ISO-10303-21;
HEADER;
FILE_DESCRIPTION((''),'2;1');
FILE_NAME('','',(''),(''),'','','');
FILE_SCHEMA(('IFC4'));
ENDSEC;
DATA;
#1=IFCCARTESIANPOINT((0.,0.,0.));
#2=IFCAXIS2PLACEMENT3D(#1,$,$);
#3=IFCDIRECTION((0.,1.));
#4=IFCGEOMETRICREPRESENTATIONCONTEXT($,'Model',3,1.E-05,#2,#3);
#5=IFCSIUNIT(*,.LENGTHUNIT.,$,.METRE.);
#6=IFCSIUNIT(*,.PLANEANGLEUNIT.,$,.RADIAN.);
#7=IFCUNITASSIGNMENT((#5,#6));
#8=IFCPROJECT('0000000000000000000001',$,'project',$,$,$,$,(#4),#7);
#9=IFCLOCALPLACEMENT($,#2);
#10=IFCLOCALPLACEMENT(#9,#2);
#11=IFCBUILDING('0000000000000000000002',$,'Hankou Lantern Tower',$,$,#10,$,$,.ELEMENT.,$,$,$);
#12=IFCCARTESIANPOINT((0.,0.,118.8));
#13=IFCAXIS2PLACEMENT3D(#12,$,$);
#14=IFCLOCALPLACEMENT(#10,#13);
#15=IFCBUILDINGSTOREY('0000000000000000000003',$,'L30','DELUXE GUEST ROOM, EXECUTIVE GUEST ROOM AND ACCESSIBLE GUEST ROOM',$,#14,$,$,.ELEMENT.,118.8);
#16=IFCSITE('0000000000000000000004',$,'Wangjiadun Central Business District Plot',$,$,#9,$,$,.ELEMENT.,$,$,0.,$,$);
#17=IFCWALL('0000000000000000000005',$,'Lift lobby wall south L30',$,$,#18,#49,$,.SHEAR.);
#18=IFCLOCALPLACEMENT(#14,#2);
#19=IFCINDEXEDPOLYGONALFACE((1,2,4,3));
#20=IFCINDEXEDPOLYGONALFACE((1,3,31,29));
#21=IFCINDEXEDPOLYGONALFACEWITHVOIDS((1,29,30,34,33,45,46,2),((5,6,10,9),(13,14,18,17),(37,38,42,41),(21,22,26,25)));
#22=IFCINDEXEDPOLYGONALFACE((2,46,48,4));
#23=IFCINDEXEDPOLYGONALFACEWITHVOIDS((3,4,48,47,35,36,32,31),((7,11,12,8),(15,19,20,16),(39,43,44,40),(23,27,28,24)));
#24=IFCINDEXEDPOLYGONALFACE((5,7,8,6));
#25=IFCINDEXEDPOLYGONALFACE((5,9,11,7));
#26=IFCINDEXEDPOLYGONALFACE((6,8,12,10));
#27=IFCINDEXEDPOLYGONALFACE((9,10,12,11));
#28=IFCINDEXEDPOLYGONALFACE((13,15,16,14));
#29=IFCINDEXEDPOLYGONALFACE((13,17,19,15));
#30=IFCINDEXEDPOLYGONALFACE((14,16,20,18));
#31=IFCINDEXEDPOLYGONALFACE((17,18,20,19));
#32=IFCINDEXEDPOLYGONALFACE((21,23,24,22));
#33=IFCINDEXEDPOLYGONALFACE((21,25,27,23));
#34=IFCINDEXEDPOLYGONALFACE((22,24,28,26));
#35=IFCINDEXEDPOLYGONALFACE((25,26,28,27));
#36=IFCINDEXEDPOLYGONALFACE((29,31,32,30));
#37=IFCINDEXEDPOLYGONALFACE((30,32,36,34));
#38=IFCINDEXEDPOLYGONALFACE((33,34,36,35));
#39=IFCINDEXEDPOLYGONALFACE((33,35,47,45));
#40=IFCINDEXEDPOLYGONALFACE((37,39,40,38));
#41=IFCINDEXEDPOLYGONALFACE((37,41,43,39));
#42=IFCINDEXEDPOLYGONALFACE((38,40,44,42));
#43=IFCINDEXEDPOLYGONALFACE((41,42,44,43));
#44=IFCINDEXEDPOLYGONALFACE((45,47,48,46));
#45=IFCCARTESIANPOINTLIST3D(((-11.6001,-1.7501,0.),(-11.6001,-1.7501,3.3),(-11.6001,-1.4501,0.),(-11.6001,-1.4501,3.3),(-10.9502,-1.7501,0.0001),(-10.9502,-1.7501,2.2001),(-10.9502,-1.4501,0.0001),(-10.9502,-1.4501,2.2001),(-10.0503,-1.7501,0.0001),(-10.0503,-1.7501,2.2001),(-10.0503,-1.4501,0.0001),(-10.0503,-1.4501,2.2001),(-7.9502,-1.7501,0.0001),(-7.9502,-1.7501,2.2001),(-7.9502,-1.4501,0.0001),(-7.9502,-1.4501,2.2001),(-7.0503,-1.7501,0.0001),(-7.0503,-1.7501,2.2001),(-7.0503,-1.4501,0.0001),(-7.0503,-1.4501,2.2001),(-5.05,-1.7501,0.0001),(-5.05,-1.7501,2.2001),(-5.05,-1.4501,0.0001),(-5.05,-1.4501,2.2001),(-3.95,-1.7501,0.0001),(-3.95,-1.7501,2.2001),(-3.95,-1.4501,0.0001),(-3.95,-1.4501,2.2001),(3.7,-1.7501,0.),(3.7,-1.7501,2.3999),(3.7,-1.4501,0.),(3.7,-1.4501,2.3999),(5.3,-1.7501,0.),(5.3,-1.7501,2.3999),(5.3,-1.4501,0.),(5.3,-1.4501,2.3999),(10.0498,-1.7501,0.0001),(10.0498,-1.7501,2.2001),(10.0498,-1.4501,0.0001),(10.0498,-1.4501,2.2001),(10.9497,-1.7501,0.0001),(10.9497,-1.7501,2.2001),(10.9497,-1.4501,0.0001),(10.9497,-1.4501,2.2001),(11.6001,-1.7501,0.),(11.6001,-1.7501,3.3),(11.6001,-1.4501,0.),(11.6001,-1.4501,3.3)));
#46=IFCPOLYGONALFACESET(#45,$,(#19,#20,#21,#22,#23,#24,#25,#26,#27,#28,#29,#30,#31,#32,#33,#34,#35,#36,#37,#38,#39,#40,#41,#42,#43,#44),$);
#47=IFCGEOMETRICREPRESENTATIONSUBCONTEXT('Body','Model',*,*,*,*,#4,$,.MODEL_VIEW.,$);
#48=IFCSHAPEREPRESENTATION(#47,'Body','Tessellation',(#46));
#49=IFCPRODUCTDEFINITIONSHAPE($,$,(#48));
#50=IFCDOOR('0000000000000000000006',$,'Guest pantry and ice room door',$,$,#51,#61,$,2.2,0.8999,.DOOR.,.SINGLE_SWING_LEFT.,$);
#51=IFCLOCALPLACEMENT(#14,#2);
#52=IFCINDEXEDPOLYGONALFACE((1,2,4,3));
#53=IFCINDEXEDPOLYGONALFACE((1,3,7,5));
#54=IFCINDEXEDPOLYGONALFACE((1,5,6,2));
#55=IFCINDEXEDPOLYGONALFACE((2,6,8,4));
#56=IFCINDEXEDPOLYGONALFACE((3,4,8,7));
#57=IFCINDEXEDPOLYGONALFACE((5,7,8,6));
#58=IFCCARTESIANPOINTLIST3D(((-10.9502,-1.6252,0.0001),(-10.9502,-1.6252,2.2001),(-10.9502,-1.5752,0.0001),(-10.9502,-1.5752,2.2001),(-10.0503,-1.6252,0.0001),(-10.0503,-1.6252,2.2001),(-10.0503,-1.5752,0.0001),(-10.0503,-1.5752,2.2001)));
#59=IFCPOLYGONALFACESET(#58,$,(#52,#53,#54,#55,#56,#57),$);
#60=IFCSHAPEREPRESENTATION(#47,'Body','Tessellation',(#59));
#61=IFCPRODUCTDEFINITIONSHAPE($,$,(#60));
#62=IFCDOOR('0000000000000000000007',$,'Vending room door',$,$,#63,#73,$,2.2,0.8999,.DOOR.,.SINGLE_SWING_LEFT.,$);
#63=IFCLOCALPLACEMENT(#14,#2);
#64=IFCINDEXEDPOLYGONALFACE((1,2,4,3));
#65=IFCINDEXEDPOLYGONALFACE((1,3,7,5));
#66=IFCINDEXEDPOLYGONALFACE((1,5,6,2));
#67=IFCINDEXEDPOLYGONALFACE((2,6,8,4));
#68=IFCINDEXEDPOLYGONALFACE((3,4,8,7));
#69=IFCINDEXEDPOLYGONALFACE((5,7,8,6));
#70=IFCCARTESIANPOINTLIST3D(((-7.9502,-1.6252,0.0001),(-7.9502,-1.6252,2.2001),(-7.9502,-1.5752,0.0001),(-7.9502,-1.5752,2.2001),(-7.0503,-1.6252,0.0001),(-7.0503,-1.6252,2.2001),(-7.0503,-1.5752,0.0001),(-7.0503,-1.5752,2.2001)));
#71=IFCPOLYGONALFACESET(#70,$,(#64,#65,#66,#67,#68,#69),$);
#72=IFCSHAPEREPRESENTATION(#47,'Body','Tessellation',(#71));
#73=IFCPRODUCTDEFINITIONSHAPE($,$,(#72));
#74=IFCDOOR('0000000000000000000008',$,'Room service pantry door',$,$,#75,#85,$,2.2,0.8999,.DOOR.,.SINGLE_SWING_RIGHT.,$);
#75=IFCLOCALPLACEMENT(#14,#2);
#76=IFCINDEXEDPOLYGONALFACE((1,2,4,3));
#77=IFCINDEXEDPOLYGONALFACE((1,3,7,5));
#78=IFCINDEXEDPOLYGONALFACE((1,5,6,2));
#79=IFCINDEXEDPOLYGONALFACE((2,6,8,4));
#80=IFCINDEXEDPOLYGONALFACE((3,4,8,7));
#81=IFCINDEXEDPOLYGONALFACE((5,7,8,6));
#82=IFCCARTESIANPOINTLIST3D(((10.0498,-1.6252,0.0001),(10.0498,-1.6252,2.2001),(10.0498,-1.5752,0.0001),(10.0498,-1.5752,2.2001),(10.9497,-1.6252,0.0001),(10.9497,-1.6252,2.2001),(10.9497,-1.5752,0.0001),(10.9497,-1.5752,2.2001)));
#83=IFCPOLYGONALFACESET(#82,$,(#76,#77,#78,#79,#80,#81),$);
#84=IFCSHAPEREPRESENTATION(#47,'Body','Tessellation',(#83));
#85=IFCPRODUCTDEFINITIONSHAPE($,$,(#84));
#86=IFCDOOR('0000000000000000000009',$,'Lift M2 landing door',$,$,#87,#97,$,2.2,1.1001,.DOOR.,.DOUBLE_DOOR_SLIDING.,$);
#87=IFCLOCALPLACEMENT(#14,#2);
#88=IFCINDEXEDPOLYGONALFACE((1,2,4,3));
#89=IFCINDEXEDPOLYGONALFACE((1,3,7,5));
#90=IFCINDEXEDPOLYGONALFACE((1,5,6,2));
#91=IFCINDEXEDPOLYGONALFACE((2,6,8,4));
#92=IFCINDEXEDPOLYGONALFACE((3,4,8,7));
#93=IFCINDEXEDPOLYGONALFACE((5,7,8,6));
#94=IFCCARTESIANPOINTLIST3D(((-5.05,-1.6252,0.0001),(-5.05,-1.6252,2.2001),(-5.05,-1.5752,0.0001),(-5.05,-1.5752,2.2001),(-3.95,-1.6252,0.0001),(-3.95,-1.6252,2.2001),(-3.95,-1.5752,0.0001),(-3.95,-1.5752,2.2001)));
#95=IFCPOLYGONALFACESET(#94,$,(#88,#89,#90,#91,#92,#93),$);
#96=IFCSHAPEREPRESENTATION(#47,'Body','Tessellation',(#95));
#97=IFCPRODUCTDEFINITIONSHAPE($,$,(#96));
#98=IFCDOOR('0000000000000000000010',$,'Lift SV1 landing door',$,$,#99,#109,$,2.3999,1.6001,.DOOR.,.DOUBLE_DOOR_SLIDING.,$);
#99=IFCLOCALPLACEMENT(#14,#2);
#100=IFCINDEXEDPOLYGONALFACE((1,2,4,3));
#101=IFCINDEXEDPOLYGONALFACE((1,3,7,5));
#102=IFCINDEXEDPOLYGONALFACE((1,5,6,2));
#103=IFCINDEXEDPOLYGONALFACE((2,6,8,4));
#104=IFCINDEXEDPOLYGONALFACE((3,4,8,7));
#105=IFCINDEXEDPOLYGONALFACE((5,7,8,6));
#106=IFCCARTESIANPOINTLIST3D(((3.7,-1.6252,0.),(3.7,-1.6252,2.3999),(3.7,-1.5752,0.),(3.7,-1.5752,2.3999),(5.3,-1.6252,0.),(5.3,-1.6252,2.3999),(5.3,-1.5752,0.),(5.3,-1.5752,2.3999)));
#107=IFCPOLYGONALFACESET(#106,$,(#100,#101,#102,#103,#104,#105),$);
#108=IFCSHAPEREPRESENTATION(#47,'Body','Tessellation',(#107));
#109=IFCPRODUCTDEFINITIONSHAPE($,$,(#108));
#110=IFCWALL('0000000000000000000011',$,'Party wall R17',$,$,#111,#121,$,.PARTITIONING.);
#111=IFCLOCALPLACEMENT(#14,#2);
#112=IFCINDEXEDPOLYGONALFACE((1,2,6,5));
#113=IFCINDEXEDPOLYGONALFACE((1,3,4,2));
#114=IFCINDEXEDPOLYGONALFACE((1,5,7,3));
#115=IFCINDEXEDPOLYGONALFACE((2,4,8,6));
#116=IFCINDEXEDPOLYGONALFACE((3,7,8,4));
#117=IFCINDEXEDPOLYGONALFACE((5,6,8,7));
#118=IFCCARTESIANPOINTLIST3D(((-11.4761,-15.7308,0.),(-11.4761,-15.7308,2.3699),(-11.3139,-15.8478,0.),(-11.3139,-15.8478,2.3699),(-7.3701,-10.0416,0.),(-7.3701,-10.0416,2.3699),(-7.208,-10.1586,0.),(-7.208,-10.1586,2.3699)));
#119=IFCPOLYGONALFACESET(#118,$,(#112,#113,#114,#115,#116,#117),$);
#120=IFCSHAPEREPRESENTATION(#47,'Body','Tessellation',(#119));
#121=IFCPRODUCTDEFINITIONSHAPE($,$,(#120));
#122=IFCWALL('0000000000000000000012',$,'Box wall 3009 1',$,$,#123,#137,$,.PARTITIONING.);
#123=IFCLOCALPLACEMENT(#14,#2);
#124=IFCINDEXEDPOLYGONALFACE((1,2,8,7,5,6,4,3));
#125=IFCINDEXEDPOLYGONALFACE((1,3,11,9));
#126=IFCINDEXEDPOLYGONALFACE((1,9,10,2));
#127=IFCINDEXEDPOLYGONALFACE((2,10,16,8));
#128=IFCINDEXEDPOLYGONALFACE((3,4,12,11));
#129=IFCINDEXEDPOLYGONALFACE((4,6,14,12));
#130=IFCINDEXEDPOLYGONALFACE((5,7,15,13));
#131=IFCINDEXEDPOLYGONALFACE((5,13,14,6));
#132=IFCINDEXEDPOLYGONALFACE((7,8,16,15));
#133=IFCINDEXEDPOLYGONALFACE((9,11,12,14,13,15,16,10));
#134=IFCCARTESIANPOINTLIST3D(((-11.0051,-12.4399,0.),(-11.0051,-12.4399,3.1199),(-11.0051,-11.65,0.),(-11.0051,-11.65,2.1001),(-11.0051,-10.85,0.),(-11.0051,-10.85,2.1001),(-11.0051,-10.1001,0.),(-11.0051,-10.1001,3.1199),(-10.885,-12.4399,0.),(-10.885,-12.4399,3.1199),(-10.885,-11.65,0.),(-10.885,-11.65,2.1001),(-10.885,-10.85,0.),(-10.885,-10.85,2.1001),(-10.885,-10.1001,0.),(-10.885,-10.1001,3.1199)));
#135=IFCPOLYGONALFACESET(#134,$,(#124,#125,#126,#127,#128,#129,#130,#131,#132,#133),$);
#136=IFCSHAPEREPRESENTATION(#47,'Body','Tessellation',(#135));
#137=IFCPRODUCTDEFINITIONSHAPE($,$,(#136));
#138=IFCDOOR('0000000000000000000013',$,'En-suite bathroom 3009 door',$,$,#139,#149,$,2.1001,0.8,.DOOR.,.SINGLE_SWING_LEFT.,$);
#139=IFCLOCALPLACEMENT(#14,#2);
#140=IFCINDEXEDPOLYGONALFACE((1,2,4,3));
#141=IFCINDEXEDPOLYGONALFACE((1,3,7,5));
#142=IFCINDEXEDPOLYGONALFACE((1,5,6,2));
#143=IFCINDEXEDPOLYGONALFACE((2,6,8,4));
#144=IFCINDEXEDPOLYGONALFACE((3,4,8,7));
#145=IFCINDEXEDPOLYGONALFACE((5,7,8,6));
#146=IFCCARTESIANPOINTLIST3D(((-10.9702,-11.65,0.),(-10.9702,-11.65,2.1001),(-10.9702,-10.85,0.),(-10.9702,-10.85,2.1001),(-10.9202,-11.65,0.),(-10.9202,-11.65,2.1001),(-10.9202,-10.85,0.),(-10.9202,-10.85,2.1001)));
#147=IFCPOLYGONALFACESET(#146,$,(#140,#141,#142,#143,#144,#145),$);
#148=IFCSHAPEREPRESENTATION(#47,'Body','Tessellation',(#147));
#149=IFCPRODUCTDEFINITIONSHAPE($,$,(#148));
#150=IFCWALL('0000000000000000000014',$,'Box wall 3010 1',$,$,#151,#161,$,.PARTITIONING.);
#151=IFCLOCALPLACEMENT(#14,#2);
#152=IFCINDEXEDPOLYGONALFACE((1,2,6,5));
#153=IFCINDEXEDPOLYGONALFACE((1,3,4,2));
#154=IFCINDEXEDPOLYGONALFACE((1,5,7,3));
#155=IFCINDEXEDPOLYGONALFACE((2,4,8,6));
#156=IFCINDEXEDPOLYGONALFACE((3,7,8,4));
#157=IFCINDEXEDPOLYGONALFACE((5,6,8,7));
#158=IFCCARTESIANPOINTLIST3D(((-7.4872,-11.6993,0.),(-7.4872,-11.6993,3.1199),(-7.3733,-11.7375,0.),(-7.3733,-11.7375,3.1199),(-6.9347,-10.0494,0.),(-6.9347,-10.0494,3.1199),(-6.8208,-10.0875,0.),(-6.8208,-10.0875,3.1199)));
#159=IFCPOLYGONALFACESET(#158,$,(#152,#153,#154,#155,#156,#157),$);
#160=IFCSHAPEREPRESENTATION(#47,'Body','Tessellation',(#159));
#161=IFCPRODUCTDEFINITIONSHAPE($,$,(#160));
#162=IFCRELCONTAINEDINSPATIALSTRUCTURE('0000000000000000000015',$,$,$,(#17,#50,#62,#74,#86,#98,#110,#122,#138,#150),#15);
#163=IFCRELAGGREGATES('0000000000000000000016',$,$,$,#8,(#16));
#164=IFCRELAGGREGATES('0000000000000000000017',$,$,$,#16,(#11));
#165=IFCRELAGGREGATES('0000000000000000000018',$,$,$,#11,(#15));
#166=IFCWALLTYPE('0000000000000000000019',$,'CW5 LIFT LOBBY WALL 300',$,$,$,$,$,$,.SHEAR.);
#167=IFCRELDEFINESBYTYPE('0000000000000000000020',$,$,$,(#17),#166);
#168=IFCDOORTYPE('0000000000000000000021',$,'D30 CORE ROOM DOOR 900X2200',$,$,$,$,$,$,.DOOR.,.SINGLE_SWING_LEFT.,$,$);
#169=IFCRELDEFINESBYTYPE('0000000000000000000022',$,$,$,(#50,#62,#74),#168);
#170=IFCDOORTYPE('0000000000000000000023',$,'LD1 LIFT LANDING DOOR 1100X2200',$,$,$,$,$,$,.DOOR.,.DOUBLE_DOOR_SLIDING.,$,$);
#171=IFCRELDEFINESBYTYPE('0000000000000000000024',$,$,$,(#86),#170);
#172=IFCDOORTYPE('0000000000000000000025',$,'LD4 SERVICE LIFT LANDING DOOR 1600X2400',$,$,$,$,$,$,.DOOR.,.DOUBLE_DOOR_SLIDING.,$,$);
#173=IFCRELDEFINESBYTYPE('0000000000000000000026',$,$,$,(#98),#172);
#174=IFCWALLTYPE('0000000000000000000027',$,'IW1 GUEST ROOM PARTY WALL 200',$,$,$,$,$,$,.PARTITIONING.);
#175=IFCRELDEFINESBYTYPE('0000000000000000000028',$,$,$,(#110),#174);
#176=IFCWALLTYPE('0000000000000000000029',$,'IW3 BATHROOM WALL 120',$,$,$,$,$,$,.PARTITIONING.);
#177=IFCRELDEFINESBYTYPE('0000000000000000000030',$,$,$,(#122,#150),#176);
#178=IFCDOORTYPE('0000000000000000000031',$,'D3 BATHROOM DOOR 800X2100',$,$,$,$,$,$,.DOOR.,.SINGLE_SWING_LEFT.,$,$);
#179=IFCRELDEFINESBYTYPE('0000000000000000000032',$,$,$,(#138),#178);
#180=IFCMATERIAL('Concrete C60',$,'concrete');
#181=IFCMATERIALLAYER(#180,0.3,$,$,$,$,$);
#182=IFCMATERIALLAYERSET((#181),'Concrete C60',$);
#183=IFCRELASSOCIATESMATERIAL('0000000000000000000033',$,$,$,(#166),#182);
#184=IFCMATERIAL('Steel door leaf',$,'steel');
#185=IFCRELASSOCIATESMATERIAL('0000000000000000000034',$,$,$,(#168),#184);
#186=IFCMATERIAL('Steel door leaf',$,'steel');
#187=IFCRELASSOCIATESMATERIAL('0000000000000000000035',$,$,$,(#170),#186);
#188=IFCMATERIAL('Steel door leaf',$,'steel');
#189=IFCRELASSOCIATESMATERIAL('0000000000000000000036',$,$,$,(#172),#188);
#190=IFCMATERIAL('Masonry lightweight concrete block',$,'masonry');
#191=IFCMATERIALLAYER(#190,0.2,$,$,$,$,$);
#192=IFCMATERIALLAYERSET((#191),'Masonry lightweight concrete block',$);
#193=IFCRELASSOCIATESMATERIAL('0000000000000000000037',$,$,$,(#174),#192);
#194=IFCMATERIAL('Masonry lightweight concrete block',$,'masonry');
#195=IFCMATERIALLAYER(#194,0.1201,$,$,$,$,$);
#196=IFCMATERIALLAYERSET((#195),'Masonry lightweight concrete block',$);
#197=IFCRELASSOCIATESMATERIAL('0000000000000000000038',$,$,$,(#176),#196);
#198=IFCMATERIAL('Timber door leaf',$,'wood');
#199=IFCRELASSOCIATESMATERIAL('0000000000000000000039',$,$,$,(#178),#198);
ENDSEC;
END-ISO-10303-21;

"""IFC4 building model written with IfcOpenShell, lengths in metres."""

from ifc_helpers import new_model, si_unit, direction, frame, frame_2d, origin, place, context, subcontext, project, spatial, rectangle, extrude, material, layer, layer_set, type_object, element, fill, save


model = new_model("IFC4")

# Units and contexts
model_context = context("Model", 3, precision=1e-05, world=origin(), true_north=direction((0.0, 1.0)))
body_context = subcontext(model_context, "Body", "Model", "MODEL_VIEW")
ifc_project = project(units=[si_unit("LENGTHUNIT", "METRE"), si_unit("PLANEANGLEUNIT", "RADIAN")], contexts=[model_context])

# Site, building, storey
site_placement = place(None, origin())
site = spatial("IfcSite", under=ifc_project, at=site_placement, Name="Wangjiadun Central Business District Plot", CompositionType="ELEMENT", RefElevation=0.0)
building_placement = place(site_placement, origin())
building = spatial("IfcBuilding", under=site, at=building_placement, Name="Hankou Lantern Tower", CompositionType="ELEMENT")
storey_placement = place(building_placement, frame((0.0, 0.0, 118.8)))
storey = spatial("IfcBuildingStorey", under=building, at=storey_placement, Name="L30", Description="DELUXE GUEST ROOM, EXECUTIVE GUEST ROOM AND ACCESSIBLE GUEST ROOM", CompositionType="ELEMENT", Elevation=118.8)

# Wall, openings, doors
ifc_material_1 = material(Name="Concrete C60", Category="concrete")
ifc_layer_1 = layer(ifc_material_1, 0.3)
ifc_layer_set_1 = layer_set([ifc_layer_1], Name="Concrete C60")
wall_type_1 = type_object("IfcWallType", Name="CW5 LIFT LOBBY WALL 300", PredefinedType="SHEAR", material=ifc_layer_set_1)
wall_1_placement = place(storey_placement, frame((-11.6001, -1.6001, 0.0), z_axis=(0.0, 0.0, 1.0), x_axis=(1.0, 0.0, 0.0)))
wall_1 = element("IfcWall", 1, at=wall_1_placement, inside=storey, type_object=wall_type_1, Name="Lift lobby wall south L30", PredefinedType="SHEAR", context=body_context, shape_type="SweptSolid", body=[
    extrude(rectangle(XDim=23.2002, YDim=0.3, at=frame_2d((11.6001, 0.0))), origin(), (0.0, 0.0, 1.0), 3.3),
])
opening_1_placement = place(wall_1_placement, frame((6.55, 0.0, 0.0)))
opening_1 = element("IfcOpeningElement", 2, at=opening_1_placement, cuts=wall_1, PredefinedType="OPENING", context=body_context, shape_type="SweptSolid", body=[
    extrude(rectangle(XDim=1.1001, YDim=2.2, at=frame_2d((0.55, 1.1001))), frame((0.0, 0.1599, 0.0), z_axis=(0.0, -1.0, 0.0), x_axis=(1.0, 0.0, 0.0)), (0.0, 0.0, 1.0), 0.3201),
])
opening_2_placement = place(wall_1_placement, frame((15.3, 0.0, 0.0)))
opening_2 = element("IfcOpeningElement", 3, at=opening_2_placement, cuts=wall_1, PredefinedType="OPENING", context=body_context, shape_type="SweptSolid", body=[
    extrude(rectangle(XDim=1.6001, YDim=2.3999, at=frame_2d((0.8, 1.2))), frame((0.0, 0.1599, 0.0), z_axis=(0.0, -1.0, 0.0), x_axis=(1.0, 0.0, 0.0)), (0.0, 0.0, 1.0), 0.3201),
])
opening_3_placement = place(wall_1_placement, frame((0.6499, 0.0, 0.0)))
opening_3 = element("IfcOpeningElement", 4, at=opening_3_placement, cuts=wall_1, PredefinedType="OPENING", context=body_context, shape_type="SweptSolid", body=[
    extrude(rectangle(XDim=0.8999, YDim=2.2, at=frame_2d((0.45, 1.1001))), frame((0.0, 0.1599, 0.0), z_axis=(0.0, -1.0, 0.0), x_axis=(1.0, 0.0, 0.0)), (0.0, 0.0, 1.0), 0.3201),
])
opening_4_placement = place(wall_1_placement, frame((3.6499, 0.0, 0.0)))
opening_4 = element("IfcOpeningElement", 5, at=opening_4_placement, cuts=wall_1, PredefinedType="OPENING", context=body_context, shape_type="SweptSolid", body=[
    extrude(rectangle(XDim=0.8999, YDim=2.2, at=frame_2d((0.45, 1.1001))), frame((0.0, 0.1599, 0.0), z_axis=(0.0, -1.0, 0.0), x_axis=(1.0, 0.0, 0.0)), (0.0, 0.0, 1.0), 0.3201),
])
opening_5_placement = place(wall_1_placement, frame((21.6499, 0.0, 0.0)))
opening_5 = element("IfcOpeningElement", 6, at=opening_5_placement, cuts=wall_1, PredefinedType="OPENING", context=body_context, shape_type="SweptSolid", body=[
    extrude(rectangle(XDim=0.8999, YDim=2.2, at=frame_2d((0.45, 1.1001))), frame((0.0, 0.1599, 0.0), z_axis=(0.0, -1.0, 0.0), x_axis=(1.0, 0.0, 0.0)), (0.0, 0.0, 1.0), 0.3201),
])
ifc_material_2 = material(Name="Steel door leaf", Category="steel")
door_type_1 = type_object("IfcDoorType", Name="D30 CORE ROOM DOOR 900X2200", OperationType="SINGLE_SWING_LEFT", PredefinedType="DOOR", material=ifc_material_2)
door_1_placement = place(opening_3_placement, origin())
door_1 = element("IfcDoor", 7, at=door_1_placement, inside=storey, type_object=door_type_1, Name="Guest pantry and ice room door", OperationType="SINGLE_SWING_LEFT", OverallHeight=2.2, OverallWidth=0.8999, PredefinedType="DOOR", context=body_context, shape_type="SweptSolid", body=[
    extrude(rectangle(XDim=0.8999, YDim=2.2, at=frame_2d((0.45, 1.1001))), frame((0.0, 0.0249, 0.0), z_axis=(0.0, -1.0, 0.0), x_axis=(1.0, 0.0, 0.0)), (0.0, 0.0, 1.0), 0.05),
])
fill(opening_3, door_1)
door_2_placement = place(opening_4_placement, origin())
door_2 = element("IfcDoor", 8, at=door_2_placement, inside=storey, type_object=door_type_1, Name="Vending room door", OperationType="SINGLE_SWING_LEFT", OverallHeight=2.2, OverallWidth=0.8999, PredefinedType="DOOR", context=body_context, shape_type="SweptSolid", body=[
    extrude(rectangle(XDim=0.8999, YDim=2.2, at=frame_2d((0.45, 1.1001))), frame((0.0, 0.0249, 0.0), z_axis=(0.0, -1.0, 0.0), x_axis=(1.0, 0.0, 0.0)), (0.0, 0.0, 1.0), 0.05),
])
fill(opening_4, door_2)
door_3_placement = place(opening_5_placement, origin())
door_3 = element("IfcDoor", 9, at=door_3_placement, inside=storey, type_object=door_type_1, Name="Room service pantry door", OperationType="SINGLE_SWING_RIGHT", OverallHeight=2.2, OverallWidth=0.8999, PredefinedType="DOOR", context=body_context, shape_type="SweptSolid", body=[
    extrude(rectangle(XDim=0.8999, YDim=2.2, at=frame_2d((0.45, 1.1001))), frame((0.0, 0.0249, 0.0), z_axis=(0.0, -1.0, 0.0), x_axis=(1.0, 0.0, 0.0)), (0.0, 0.0, 1.0), 0.05),
])
fill(opening_5, door_3)
ifc_material_3 = material(Name="Steel door leaf", Category="steel")
door_type_2 = type_object("IfcDoorType", Name="LD1 LIFT LANDING DOOR 1100X2200", OperationType="DOUBLE_DOOR_SLIDING", PredefinedType="DOOR", material=ifc_material_3)
door_4_placement = place(opening_1_placement, origin())
door_4 = element("IfcDoor", 10, at=door_4_placement, inside=storey, type_object=door_type_2, Name="Lift M2 landing door", OperationType="DOUBLE_DOOR_SLIDING", OverallHeight=2.2, OverallWidth=1.1001, PredefinedType="DOOR", context=body_context, shape_type="SweptSolid", body=[
    extrude(rectangle(XDim=1.1001, YDim=2.2, at=frame_2d((0.55, 1.1001))), frame((0.0, 0.0249, 0.0), z_axis=(0.0, -1.0, 0.0), x_axis=(1.0, 0.0, 0.0)), (0.0, 0.0, 1.0), 0.05),
])
fill(opening_1, door_4)
ifc_material_4 = material(Name="Steel door leaf", Category="steel")
door_type_3 = type_object("IfcDoorType", Name="LD4 SERVICE LIFT LANDING DOOR 1600X2400", OperationType="DOUBLE_DOOR_SLIDING", PredefinedType="DOOR", material=ifc_material_4)
door_5_placement = place(opening_2_placement, origin())
door_5 = element("IfcDoor", 11, at=door_5_placement, inside=storey, type_object=door_type_3, Name="Lift SV1 landing door", OperationType="DOUBLE_DOOR_SLIDING", OverallHeight=2.3999, OverallWidth=1.6001, PredefinedType="DOOR", context=body_context, shape_type="SweptSolid", body=[
    extrude(rectangle(XDim=1.6001, YDim=2.3999, at=frame_2d((0.8, 1.2))), frame((0.0, 0.0249, 0.0), z_axis=(0.0, -1.0, 0.0), x_axis=(1.0, 0.0, 0.0)), (0.0, 0.0, 1.0), 0.05),
])
fill(opening_2, door_5)

# Wall
ifc_material_5 = material(Name="Masonry lightweight concrete block", Category="masonry")
ifc_layer_2 = layer(ifc_material_5, 0.2)
ifc_layer_set_2 = layer_set([ifc_layer_2], Name="Masonry lightweight concrete block")
wall_type_2 = type_object("IfcWallType", Name="IW1 GUEST ROOM PARTY WALL 200", PredefinedType="PARTITIONING", material=ifc_layer_set_2)
wall_2_placement = place(storey_placement, frame((-7.2891, -10.1001, 0.0), z_axis=(0.0, 0.0, 1.0), x_axis=(-0.585217, -0.810876, 0.0)))
element("IfcWall", 12, at=wall_2_placement, inside=storey, type_object=wall_type_2, Name="Party wall R17", PredefinedType="PARTITIONING", context=body_context, shape_type="SweptSolid", body=[
    extrude(rectangle(XDim=7.0161, YDim=0.2, at=frame_2d((3.5081, 0.0))), origin(), (0.0, 0.0, 1.0), 2.3699),
])

# Wall, opening, door
ifc_material_6 = material(Name="Masonry lightweight concrete block", Category="masonry")
ifc_layer_3 = layer(ifc_material_6, 0.1201)
ifc_layer_set_3 = layer_set([ifc_layer_3], Name="Masonry lightweight concrete block")
wall_type_3 = type_object("IfcWallType", Name="IW3 BATHROOM WALL 120", PredefinedType="PARTITIONING", material=ifc_layer_set_3)
wall_3_placement = place(storey_placement, frame((-10.9451, -10.1001, 0.0), z_axis=(0.0, 0.0, 1.0), x_axis=(0.0, -1.0, 0.0)))
wall_3 = element("IfcWall", 13, at=wall_3_placement, inside=storey, type_object=wall_type_3, Name="Box wall 3009 1", PredefinedType="PARTITIONING", context=body_context, shape_type="SweptSolid", body=[
    extrude(rectangle(XDim=2.3398, YDim=0.1201, at=frame_2d((1.1699, 0.0))), origin(), (0.0, 0.0, 1.0), 3.1199),
])
opening_6_placement = place(wall_3_placement, frame((0.75, 0.0, 0.0)))
opening_6 = element("IfcOpeningElement", 14, at=opening_6_placement, cuts=wall_3, PredefinedType="OPENING", context=body_context, shape_type="SweptSolid", body=[
    extrude(rectangle(XDim=0.8, YDim=2.1001, at=frame_2d((0.3999, 1.05))), frame((0.0, 0.0701, 0.0), z_axis=(0.0, -1.0, 0.0), x_axis=(1.0, 0.0, 0.0)), (0.0, 0.0, 1.0), 0.1401),
])
ifc_material_7 = material(Name="Timber door leaf", Category="wood")
door_type_4 = type_object("IfcDoorType", Name="D3 BATHROOM DOOR 800X2100", OperationType="SINGLE_SWING_LEFT", PredefinedType="DOOR", material=ifc_material_7)
door_6_placement = place(opening_6_placement, origin())
door_6 = element("IfcDoor", 15, at=door_6_placement, inside=storey, type_object=door_type_4, Name="En-suite bathroom 3009 door", OperationType="SINGLE_SWING_LEFT", OverallHeight=2.1001, OverallWidth=0.8, PredefinedType="DOOR", context=body_context, shape_type="SweptSolid", body=[
    extrude(rectangle(XDim=0.8, YDim=2.1001, at=frame_2d((0.3999, 1.05))), frame((0.0, 0.0249, 0.0), z_axis=(0.0, -1.0, 0.0), x_axis=(1.0, 0.0, 0.0)), (0.0, 0.0, 1.0), 0.05),
])
fill(opening_6, door_6)

# Wall
wall_4_placement = place(storey_placement, frame((-6.8777, -10.0684, 0.0), z_axis=(0.0, 0.0, 1.0), x_axis=(-0.317532, -0.948247, 0.0)))
element("IfcWall", 16, at=wall_4_placement, inside=storey, type_object=wall_type_3, Name="Box wall 3010 1", PredefinedType="PARTITIONING", context=body_context, shape_type="SweptSolid", body=[
    extrude(rectangle(XDim=1.74, YDim=0.1201, at=frame_2d((0.8701, 0.0))), origin(), (0.0, 0.0, 1.0), 3.1199),
])

save(model, "model.ifc")
